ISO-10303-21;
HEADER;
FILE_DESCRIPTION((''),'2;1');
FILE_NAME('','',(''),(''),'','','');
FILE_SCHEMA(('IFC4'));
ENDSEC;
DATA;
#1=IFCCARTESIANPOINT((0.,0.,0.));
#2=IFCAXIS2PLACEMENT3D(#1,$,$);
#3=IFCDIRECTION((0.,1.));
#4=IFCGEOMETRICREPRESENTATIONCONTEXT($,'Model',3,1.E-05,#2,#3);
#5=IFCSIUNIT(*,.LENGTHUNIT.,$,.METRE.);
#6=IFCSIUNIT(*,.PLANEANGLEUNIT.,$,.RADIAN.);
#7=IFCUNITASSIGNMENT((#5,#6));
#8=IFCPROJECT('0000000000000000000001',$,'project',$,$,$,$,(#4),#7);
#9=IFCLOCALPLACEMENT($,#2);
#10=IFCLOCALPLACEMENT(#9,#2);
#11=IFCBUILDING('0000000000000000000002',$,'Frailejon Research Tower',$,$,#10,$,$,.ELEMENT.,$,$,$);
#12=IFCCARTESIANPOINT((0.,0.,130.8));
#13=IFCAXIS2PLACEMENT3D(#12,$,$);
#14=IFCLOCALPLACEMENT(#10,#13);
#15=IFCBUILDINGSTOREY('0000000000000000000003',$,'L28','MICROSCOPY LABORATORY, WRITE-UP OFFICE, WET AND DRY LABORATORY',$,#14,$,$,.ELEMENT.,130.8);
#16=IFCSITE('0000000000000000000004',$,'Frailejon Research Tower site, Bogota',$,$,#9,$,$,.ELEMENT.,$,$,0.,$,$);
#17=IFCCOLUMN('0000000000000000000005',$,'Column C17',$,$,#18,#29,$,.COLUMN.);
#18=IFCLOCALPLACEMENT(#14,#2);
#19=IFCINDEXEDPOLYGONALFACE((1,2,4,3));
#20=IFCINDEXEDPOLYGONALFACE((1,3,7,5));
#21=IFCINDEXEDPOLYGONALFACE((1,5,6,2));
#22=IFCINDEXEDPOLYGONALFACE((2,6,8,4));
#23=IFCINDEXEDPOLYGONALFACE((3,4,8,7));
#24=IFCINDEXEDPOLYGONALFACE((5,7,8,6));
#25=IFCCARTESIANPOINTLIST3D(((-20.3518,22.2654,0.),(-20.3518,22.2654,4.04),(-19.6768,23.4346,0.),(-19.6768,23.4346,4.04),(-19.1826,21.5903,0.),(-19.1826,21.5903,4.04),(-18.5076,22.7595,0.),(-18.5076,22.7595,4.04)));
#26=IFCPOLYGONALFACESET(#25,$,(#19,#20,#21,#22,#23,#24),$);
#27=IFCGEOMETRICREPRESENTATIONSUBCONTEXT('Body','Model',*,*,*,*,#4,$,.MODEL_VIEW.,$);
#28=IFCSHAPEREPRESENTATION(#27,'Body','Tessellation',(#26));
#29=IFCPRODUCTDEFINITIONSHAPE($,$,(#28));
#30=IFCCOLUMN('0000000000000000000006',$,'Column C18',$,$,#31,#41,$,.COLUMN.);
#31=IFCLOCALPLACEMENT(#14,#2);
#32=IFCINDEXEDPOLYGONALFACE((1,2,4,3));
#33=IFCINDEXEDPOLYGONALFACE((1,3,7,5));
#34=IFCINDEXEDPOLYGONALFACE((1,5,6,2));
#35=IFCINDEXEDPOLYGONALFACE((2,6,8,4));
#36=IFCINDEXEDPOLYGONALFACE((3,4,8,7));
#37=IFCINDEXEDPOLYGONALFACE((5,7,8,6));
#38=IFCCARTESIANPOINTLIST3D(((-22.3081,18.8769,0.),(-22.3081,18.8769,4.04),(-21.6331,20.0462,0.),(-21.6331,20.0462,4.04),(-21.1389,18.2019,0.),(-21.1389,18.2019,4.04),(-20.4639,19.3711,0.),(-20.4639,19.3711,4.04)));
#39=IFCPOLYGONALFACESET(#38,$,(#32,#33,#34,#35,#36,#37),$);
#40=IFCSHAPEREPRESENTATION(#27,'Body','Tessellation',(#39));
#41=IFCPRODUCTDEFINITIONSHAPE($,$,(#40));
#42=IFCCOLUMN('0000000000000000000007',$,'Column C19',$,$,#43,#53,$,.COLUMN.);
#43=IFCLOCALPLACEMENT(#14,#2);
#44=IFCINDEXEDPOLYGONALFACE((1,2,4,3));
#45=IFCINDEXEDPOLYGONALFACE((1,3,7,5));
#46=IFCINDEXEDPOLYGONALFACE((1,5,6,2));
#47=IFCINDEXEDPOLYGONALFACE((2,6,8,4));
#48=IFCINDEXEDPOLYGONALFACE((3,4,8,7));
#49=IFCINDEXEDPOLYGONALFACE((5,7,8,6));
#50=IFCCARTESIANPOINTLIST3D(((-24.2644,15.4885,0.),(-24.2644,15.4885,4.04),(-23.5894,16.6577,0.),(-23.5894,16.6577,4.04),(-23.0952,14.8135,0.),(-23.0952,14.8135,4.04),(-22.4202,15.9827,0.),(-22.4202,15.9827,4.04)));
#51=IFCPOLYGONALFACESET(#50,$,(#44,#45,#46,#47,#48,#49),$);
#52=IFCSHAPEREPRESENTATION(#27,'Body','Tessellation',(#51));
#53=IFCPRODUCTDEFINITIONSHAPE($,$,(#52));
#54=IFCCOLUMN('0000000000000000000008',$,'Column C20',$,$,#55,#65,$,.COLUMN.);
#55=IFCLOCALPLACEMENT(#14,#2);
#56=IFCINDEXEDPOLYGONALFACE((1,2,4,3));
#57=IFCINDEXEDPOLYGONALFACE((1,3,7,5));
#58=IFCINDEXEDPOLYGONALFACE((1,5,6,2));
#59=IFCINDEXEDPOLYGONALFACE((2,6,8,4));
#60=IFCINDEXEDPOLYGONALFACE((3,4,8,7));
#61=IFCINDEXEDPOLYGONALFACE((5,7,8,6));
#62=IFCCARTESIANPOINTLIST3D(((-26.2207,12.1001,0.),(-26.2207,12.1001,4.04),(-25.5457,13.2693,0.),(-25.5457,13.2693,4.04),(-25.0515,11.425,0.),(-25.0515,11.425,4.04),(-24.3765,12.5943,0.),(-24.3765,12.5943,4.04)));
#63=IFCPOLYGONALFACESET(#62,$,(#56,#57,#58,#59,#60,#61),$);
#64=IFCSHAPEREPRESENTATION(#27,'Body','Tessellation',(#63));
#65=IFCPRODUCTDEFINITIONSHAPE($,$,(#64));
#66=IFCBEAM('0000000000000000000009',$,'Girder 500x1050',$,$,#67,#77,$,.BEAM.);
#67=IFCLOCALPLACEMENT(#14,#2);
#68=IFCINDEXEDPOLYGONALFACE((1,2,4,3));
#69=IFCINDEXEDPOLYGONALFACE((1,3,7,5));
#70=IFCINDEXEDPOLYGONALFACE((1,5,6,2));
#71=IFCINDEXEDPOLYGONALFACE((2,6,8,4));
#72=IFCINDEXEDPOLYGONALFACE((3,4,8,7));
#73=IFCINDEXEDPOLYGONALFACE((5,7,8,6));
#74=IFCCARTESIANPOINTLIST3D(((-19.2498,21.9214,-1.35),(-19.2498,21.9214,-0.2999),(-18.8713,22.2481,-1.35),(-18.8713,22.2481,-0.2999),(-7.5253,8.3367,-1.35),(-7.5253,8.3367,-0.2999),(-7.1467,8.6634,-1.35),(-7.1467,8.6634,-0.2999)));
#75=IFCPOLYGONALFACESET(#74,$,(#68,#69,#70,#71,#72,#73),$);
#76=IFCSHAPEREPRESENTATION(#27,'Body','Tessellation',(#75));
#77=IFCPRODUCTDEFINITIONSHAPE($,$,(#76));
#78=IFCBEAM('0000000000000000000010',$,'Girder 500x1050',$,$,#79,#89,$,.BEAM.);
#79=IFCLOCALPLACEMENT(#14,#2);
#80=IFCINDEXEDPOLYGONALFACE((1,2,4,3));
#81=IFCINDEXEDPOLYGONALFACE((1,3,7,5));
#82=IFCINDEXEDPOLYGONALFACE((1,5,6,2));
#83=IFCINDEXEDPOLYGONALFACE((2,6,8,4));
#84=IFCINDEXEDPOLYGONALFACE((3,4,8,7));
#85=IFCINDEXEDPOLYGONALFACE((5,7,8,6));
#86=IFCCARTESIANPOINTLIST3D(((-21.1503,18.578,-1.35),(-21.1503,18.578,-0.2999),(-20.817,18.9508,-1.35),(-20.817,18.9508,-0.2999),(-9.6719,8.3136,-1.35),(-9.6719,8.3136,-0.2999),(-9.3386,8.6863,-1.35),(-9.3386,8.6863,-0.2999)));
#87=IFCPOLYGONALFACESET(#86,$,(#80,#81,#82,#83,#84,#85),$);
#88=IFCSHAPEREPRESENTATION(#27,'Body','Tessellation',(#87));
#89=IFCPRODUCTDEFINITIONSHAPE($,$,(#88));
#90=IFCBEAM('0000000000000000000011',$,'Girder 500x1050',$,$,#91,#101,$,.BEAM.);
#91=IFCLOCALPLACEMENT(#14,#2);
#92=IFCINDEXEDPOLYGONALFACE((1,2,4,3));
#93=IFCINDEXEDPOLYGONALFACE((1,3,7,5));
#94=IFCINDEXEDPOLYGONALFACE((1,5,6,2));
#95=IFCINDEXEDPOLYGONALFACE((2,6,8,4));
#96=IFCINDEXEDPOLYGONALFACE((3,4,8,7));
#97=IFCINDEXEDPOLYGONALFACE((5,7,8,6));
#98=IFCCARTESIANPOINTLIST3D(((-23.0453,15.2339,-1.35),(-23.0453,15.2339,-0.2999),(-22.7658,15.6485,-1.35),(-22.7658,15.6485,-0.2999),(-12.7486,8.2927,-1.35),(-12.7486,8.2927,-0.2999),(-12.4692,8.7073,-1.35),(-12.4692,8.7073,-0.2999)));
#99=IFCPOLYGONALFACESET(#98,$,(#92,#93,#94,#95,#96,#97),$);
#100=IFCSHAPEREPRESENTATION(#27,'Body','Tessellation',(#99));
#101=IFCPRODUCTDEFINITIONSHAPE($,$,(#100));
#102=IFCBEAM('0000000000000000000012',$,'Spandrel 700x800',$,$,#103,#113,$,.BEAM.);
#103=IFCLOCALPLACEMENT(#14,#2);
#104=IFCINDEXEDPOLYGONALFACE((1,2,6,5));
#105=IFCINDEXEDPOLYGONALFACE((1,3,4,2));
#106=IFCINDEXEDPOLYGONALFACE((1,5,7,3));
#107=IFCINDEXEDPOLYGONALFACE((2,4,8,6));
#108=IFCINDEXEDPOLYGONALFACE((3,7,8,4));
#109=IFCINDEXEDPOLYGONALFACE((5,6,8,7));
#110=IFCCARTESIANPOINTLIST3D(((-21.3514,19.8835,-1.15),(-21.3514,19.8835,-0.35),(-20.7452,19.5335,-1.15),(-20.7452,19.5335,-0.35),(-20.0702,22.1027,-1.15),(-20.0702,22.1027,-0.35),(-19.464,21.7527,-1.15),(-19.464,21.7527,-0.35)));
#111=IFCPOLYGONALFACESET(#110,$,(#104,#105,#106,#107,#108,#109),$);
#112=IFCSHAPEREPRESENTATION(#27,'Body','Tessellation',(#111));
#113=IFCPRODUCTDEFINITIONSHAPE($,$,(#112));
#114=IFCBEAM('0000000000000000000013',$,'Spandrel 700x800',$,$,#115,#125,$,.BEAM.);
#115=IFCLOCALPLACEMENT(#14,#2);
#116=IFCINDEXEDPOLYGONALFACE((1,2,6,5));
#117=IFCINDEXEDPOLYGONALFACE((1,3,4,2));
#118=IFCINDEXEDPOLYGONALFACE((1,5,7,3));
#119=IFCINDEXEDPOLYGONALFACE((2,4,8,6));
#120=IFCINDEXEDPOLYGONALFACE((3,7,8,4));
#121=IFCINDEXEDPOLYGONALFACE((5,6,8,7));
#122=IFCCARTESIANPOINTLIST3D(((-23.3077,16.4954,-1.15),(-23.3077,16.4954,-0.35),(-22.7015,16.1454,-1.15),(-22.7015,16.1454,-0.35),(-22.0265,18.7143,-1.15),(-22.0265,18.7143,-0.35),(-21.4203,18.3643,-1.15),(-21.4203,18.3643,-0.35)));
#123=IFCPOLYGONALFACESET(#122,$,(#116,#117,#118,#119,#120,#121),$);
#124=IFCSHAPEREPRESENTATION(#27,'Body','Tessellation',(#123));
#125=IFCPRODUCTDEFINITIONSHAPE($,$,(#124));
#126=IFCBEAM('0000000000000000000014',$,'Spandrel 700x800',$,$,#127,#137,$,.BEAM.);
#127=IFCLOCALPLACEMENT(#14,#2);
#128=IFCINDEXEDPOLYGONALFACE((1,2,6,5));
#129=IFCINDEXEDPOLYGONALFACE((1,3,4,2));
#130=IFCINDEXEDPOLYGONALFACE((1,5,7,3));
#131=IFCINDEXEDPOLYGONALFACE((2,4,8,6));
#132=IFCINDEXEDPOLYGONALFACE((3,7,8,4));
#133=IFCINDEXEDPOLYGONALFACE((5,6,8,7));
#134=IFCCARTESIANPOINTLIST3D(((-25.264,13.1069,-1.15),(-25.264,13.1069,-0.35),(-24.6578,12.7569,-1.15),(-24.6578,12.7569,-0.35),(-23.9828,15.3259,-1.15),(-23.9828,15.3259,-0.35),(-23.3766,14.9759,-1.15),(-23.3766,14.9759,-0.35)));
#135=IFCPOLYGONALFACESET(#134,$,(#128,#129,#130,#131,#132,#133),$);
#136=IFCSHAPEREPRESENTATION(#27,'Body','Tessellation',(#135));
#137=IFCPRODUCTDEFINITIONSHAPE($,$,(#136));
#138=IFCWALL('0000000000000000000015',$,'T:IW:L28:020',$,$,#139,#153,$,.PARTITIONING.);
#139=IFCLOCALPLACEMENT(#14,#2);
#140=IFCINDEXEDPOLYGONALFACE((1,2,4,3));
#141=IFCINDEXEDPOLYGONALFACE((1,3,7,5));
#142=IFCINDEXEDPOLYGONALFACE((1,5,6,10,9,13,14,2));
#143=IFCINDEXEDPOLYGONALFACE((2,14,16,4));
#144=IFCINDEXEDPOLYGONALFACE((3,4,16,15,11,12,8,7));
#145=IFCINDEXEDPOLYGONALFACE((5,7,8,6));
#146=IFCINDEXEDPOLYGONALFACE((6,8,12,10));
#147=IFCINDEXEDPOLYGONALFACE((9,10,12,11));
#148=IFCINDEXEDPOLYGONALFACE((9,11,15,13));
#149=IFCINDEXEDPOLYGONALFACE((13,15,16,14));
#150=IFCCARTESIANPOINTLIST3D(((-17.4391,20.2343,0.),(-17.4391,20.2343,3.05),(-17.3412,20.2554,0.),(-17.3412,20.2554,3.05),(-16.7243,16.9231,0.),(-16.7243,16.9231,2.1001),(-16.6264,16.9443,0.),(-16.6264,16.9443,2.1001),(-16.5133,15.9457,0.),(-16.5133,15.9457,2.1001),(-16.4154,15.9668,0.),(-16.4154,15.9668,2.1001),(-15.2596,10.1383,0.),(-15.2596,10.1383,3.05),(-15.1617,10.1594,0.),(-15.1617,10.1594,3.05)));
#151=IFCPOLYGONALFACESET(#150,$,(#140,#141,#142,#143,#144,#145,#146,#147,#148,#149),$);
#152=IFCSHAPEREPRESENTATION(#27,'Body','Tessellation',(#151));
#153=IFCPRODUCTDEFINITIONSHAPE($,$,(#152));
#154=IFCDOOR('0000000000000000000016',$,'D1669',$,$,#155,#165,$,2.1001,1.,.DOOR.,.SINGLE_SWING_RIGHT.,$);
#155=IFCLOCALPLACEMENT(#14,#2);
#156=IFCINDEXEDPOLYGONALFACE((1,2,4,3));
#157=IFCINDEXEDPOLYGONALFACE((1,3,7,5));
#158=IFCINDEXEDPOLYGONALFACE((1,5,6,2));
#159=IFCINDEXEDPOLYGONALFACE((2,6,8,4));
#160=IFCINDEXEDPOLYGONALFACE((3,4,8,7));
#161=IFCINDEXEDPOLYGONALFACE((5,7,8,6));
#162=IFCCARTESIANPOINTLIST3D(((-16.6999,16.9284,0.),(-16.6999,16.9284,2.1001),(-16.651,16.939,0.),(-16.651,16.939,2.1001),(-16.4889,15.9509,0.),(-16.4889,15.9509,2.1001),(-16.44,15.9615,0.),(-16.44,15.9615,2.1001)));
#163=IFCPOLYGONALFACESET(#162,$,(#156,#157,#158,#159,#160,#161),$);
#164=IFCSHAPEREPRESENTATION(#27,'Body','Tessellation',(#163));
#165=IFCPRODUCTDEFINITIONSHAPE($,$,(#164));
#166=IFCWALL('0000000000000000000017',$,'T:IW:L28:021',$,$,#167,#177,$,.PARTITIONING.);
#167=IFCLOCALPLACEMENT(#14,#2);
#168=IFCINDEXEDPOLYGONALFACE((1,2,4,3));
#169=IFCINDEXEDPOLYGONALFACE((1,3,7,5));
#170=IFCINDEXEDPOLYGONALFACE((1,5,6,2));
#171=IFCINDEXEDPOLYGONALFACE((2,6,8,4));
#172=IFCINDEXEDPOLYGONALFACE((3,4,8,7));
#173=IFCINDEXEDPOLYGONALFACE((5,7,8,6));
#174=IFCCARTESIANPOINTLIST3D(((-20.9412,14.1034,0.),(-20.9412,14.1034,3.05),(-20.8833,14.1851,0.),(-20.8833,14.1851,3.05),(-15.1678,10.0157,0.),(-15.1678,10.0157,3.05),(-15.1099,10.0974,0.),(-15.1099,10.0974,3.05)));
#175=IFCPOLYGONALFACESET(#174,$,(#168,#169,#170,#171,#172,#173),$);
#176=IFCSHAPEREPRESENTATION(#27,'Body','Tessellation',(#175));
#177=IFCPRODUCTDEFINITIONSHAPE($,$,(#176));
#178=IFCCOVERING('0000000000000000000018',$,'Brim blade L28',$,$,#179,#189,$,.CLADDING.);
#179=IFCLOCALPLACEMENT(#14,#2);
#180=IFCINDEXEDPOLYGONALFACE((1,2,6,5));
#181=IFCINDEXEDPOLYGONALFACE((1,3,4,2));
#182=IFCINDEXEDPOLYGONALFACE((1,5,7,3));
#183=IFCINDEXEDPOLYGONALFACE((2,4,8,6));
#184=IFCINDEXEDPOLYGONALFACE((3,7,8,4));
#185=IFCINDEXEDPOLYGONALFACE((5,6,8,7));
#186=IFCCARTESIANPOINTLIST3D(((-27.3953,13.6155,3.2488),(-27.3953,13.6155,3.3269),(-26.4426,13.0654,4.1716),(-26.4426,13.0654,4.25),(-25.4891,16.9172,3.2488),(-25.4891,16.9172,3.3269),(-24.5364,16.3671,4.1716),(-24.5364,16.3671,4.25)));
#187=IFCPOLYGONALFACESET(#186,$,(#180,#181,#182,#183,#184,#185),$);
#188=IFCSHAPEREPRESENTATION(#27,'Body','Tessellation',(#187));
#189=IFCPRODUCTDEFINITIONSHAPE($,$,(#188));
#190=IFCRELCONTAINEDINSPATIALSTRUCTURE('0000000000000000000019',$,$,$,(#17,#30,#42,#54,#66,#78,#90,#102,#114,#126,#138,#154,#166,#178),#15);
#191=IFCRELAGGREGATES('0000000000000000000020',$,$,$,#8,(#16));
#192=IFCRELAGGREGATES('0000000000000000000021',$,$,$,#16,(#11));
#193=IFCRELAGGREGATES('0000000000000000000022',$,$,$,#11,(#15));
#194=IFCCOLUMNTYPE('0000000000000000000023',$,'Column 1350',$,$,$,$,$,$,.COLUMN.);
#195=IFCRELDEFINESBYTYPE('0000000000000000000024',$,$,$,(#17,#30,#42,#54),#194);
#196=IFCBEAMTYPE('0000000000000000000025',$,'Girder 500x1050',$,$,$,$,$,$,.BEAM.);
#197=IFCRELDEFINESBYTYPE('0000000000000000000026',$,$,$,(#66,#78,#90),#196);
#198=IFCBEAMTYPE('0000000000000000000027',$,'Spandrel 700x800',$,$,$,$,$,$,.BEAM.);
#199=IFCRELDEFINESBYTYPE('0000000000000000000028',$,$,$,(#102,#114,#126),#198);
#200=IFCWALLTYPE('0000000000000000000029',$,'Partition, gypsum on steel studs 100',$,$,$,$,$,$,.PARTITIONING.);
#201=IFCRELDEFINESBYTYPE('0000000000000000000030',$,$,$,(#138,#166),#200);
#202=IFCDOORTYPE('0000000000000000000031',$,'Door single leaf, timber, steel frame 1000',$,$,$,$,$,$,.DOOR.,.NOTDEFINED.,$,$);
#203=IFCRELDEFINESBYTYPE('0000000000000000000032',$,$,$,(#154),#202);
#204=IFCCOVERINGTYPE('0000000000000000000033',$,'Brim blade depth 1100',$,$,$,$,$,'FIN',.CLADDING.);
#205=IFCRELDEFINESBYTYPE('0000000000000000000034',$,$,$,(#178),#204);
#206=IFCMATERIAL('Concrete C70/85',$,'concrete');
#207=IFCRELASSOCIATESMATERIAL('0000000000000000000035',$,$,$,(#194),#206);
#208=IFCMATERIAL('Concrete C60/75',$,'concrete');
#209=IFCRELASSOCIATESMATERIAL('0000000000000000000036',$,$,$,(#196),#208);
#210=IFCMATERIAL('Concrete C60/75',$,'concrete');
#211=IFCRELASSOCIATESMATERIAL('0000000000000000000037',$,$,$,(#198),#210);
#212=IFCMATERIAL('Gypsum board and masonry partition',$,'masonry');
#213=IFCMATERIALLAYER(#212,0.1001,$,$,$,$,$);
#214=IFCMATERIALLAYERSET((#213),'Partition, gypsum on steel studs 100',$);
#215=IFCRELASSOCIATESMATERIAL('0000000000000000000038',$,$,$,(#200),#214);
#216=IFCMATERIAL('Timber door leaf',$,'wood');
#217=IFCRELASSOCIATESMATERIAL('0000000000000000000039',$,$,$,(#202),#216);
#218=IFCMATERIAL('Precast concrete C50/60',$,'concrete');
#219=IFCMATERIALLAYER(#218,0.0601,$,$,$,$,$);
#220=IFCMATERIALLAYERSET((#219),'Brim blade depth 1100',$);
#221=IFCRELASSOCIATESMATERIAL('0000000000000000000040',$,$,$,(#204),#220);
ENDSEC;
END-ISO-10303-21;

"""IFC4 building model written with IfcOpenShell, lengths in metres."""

from ifc_helpers import new_model, si_unit, direction, frame, frame_2d, origin, origin_2d, place, context, subcontext, project, spatial, polyline, rectangle, outline, extrude, material, layer, layer_set, material_profile, profile_set, type_object, element, fill, save


model = new_model("IFC4")

# Units and contexts
model_context = context("Model", 3, precision=1e-05, world=origin(), true_north=direction((0.0, 1.0)))
body_context = subcontext(model_context, "Body", "Model", "MODEL_VIEW")
ifc_project = project(units=[si_unit("LENGTHUNIT", "METRE"), si_unit("PLANEANGLEUNIT", "RADIAN")], contexts=[model_context])

# Site, building, storey
site_placement = place(None, origin())
site = spatial("IfcSite", under=ifc_project, at=site_placement, Name="Frailejon Research Tower site, Bogota", CompositionType="ELEMENT", RefElevation=0.0)
building_placement = place(site_placement, origin())
building = spatial("IfcBuilding", under=site, at=building_placement, Name="Frailejon Research Tower", CompositionType="ELEMENT")
storey_placement = place(building_placement, frame((0.0, 0.0, 130.8)))
storey = spatial("IfcBuildingStorey", under=building, at=storey_placement, Name="L28", Description="MICROSCOPY LABORATORY, WRITE-UP OFFICE, WET AND DRY LABORATORY", CompositionType="ELEMENT", Elevation=130.8)

# Columns
ifc_material_1 = material(Name="Concrete C70/85", Category="concrete")
ifc_material_profile_1 = material_profile(ifc_material_1, rectangle(XDim=1.3501, YDim=1.3501, at=origin_2d()), Name="Column 1350")
ifc_profile_set_1 = profile_set([ifc_material_profile_1], Name="Concrete C70/85")
column_type = type_object("IfcColumnType", Name="Column 1350", PredefinedType="COLUMN", material=ifc_profile_set_1)
for number, where, z_axis, x_axis, name in (
    (1, (-19.4297, 22.5125, 0.0), (0.0, 0.0, 1.0), (-0.5, -0.866025, 0.0), "Column C17"),
    (2, (-21.386, 19.124, 0.0), (0.0, 0.0, 1.0), (-0.5, -0.866025, 0.0), "Column C18"),
    (3, (-23.3423, 15.7356, 0.0), (0.0, 0.0, 1.0), (-0.5, -0.866025, 0.0), "Column C19"),
    (4, (-25.2986, 12.3472, 0.0), (0.0, 0.0, 1.0), (-0.5, -0.866025, 0.0), "Column C20"),
):
    element("IfcColumn", number, at=place(storey_placement, frame(where, z_axis=z_axis, x_axis=x_axis)), inside=storey, type_object=column_type, Name=name, PredefinedType="COLUMN", context=body_context, shape_type="SweptSolid", body=[
        extrude(rectangle(XDim=1.3501, YDim=1.3501, at=origin_2d()), origin(), (0.0, 0.0, 1.0), 4.04),
    ])

# Beams
ifc_material_2 = material(Name="Concrete C60/75", Category="concrete")
ifc_material_profile_2 = material_profile(ifc_material_2, rectangle(XDim=0.5, YDim=1.05, at=origin_2d()), Name="Girder 500x1050")
ifc_profile_set_2 = profile_set([ifc_material_profile_2], Name="Concrete C60/75")
beam_type_1 = type_object("IfcBeamType", Name="Girder 500x1050", PredefinedType="BEAM", material=ifc_profile_set_2)
beam_1_placement = place(storey_placement, frame((-19.0605, 22.0847, -0.825), z_axis=(0.653376, -0.757034, 0.0), x_axis=(0.757034, 0.653376, 0.0)))
element("IfcBeam", 5, at=beam_1_placement, inside=storey, type_object=beam_type_1, Name="Girder 500x1050", PredefinedType="BEAM", context=body_context, shape_type="SweptSolid", body=[
    extrude(rectangle(XDim=0.5, YDim=1.05, at=origin_2d()), origin(), (0.0, 0.0, 1.0), 17.9446),
])
beam_2_placement = place(storey_placement, frame((-20.9836, 18.7644, -0.825), z_axis=(0.745423, -0.666592, 0.0), x_axis=(0.666592, 0.745423, 0.0)))
element("IfcBeam", 6, at=beam_2_placement, inside=storey, type_object=beam_type_1, Name="Girder 500x1050", PredefinedType="BEAM", context=body_context, shape_type="SweptSolid", body=[
    extrude(rectangle(XDim=0.5, YDim=1.05, at=origin_2d()), origin(), (0.0, 0.0, 1.0), 15.3984),
])
beam_3_placement = place(storey_placement, frame((-22.9055, 15.4412, -0.825), z_axis=(0.829187, -0.558971, 0.0), x_axis=(0.558971, 0.829187, 0.0)))
element("IfcBeam", 7, at=beam_3_placement, inside=storey, type_object=beam_type_1, Name="Girder 500x1050", PredefinedType="BEAM", context=body_context, shape_type="SweptSolid", body=[
    extrude(rectangle(XDim=0.5, YDim=1.05, at=origin_2d()), origin(), (0.0, 0.0, 1.0), 12.4177),
])
ifc_material_3 = material(Name="Concrete C60/75", Category="concrete")
ifc_material_profile_3 = material_profile(ifc_material_3, rectangle(XDim=0.7, YDim=0.8, at=origin_2d()), Name="Spandrel 700x800")
ifc_profile_set_3 = profile_set([ifc_material_profile_3], Name="Concrete C60/75")
beam_type_2 = type_object("IfcBeamType", Name="Spandrel 700x800", PredefinedType="BEAM", material=ifc_profile_set_3)
beam_4_placement = place(storey_placement, frame((-19.7671, 21.9277, -0.75), z_axis=(-0.499992, -0.86603, 0.0), x_axis=(0.86603, -0.499992, 0.0)))
element("IfcBeam", 8, at=beam_4_placement, inside=storey, type_object=beam_type_2, Name="Spandrel 700x800", PredefinedType="BEAM", context=body_context, shape_type="SweptSolid", body=[
    extrude(rectangle(XDim=0.7, YDim=0.8, at=origin_2d()), origin(), (0.0, 0.0, 1.0), 2.5625),
])
for number, where, z_axis, x_axis, name in (
    (9, (-21.7234, 18.5393, -0.75), (-0.500033, -0.866006, 0.0), (0.866006, -0.500033, 0.0), "Spandrel 700x800"),
    (10, (-23.6797, 15.1509, -0.75), (-0.500033, -0.866006, 0.0), (0.866006, -0.500033, 0.0), "Spandrel 700x800"),
):
    element("IfcBeam", number, at=place(storey_placement, frame(where, z_axis=z_axis, x_axis=x_axis)), inside=storey, type_object=beam_type_2, Name=name, PredefinedType="BEAM", context=body_context, shape_type="SweptSolid", body=[
        extrude(rectangle(XDim=0.7, YDim=0.8, at=origin_2d()), origin(), (0.0, 0.0, 1.0), 2.5623),
    ])

# Wall, opening, door
ifc_material_4 = material(Name="Gypsum board and masonry partition", Category="masonry")
ifc_layer_1 = layer(ifc_material_4, 0.1001)
ifc_layer_set_1 = layer_set([ifc_layer_1], Name="Partition, gypsum on steel studs 100")
wall_type = type_object("IfcWallType", Name="Partition, gypsum on steel studs 100", PredefinedType="PARTITIONING", material=ifc_layer_set_1)
wall_1_placement = place(storey_placement, frame((-17.3901, 20.2449, 0.0), z_axis=(0.0, 0.0, 1.0), x_axis=(0.211012, -0.977483, 0.0)))
wall_1 = element("IfcWall", 11, at=wall_1_placement, inside=storey, type_object=wall_type, Name="T:IW:L28:020", PredefinedType="PARTITIONING", context=body_context, shape_type="SweptSolid", body=[
    extrude(rectangle(XDim=10.3286, YDim=0.1001, at=frame_2d((5.1643, 0.0))), origin(), (0.0, 0.0, 1.0), 3.05),
])
opening_placement = place(wall_1_placement, frame((3.3875, 0.0, 0.0)))
opening = element("IfcOpeningElement", 12, at=opening_placement, cuts=wall_1, PredefinedType="OPENING", context=body_context, shape_type="SweptSolid", body=[
    extrude(rectangle(XDim=1.0, YDim=2.1001, at=frame_2d((0.5, 1.05))), frame((0.0, 0.0601, 0.0), z_axis=(0.0, -1.0, 0.0), x_axis=(1.0, 0.0, 0.0)), (0.0, 0.0, 1.0), 0.1201),
])
ifc_material_5 = material(Name="Timber door leaf", Category="wood")
door_type = type_object("IfcDoorType", Name="Door single leaf, timber, steel frame 1000", OperationType="NOTDEFINED", PredefinedType="DOOR", material=ifc_material_5)
door_placement = place(opening_placement, origin())
door = element("IfcDoor", 13, at=door_placement, inside=storey, type_object=door_type, Name="D1669", OperationType="SINGLE_SWING_RIGHT", OverallHeight=2.1001, OverallWidth=1.0, PredefinedType="DOOR", context=body_context, shape_type="SweptSolid", body=[
    extrude(rectangle(XDim=1.0, YDim=2.1001, at=frame_2d((0.5, 1.05))), frame((0.0, 0.0249, 0.0), z_axis=(0.0, -1.0, 0.0), x_axis=(1.0, 0.0, 0.0)), (0.0, 0.0, 1.0), 0.05),
])
fill(opening, door)

# Wall
wall_2_placement = place(storey_placement, frame((-20.9124, 14.1443, 0.0), z_axis=(0.0, 0.0, 1.0), x_axis=(0.816149, -0.577841, 0.0)))
element("IfcWall", 14, at=wall_2_placement, inside=storey, type_object=wall_type, Name="T:IW:L28:021", PredefinedType="PARTITIONING", context=body_context, shape_type="SweptSolid", body=[
    extrude(rectangle(XDim=7.074, YDim=0.1001, at=frame_2d((3.5371, 0.0))), origin(), (0.0, 0.0, 1.0), 3.05),
])

# Covering
ifc_material_6 = material(Name="Precast concrete C50/60", Category="concrete")
ifc_layer_2 = layer(ifc_material_6, 0.0601)
ifc_layer_set_2 = layer_set([ifc_layer_2], Name="Brim blade depth 1100")
covering_type_1 = type_object("IfcCoveringType", Name="Brim blade depth 1100", ElementType="FIN", PredefinedType="CLADDING", material=ifc_layer_set_2)
covering_1_placement = place(storey_placement, frame((-26.4426, 13.0654, 4.25), z_axis=(0.500001, 0.866025, 0.0), x_axis=(-0.866025, 0.500001, 0.0)))
element("IfcCovering", 15, at=covering_1_placement, inside=storey, type_object=covering_type_1, Name="Brim blade L28", PredefinedType="CLADDING", context=body_context, shape_type="SweptSolid", body=[
    extrude(outline(polyline([(0.0, -0.0784), (1.1001, -1.0012), (1.1001, -0.9231), (0.0, 0.0), (0.0, -0.0784)])), origin(), (0.0, 0.0, 1.0), 3.8125),
])

save(model, "model.ifc")
